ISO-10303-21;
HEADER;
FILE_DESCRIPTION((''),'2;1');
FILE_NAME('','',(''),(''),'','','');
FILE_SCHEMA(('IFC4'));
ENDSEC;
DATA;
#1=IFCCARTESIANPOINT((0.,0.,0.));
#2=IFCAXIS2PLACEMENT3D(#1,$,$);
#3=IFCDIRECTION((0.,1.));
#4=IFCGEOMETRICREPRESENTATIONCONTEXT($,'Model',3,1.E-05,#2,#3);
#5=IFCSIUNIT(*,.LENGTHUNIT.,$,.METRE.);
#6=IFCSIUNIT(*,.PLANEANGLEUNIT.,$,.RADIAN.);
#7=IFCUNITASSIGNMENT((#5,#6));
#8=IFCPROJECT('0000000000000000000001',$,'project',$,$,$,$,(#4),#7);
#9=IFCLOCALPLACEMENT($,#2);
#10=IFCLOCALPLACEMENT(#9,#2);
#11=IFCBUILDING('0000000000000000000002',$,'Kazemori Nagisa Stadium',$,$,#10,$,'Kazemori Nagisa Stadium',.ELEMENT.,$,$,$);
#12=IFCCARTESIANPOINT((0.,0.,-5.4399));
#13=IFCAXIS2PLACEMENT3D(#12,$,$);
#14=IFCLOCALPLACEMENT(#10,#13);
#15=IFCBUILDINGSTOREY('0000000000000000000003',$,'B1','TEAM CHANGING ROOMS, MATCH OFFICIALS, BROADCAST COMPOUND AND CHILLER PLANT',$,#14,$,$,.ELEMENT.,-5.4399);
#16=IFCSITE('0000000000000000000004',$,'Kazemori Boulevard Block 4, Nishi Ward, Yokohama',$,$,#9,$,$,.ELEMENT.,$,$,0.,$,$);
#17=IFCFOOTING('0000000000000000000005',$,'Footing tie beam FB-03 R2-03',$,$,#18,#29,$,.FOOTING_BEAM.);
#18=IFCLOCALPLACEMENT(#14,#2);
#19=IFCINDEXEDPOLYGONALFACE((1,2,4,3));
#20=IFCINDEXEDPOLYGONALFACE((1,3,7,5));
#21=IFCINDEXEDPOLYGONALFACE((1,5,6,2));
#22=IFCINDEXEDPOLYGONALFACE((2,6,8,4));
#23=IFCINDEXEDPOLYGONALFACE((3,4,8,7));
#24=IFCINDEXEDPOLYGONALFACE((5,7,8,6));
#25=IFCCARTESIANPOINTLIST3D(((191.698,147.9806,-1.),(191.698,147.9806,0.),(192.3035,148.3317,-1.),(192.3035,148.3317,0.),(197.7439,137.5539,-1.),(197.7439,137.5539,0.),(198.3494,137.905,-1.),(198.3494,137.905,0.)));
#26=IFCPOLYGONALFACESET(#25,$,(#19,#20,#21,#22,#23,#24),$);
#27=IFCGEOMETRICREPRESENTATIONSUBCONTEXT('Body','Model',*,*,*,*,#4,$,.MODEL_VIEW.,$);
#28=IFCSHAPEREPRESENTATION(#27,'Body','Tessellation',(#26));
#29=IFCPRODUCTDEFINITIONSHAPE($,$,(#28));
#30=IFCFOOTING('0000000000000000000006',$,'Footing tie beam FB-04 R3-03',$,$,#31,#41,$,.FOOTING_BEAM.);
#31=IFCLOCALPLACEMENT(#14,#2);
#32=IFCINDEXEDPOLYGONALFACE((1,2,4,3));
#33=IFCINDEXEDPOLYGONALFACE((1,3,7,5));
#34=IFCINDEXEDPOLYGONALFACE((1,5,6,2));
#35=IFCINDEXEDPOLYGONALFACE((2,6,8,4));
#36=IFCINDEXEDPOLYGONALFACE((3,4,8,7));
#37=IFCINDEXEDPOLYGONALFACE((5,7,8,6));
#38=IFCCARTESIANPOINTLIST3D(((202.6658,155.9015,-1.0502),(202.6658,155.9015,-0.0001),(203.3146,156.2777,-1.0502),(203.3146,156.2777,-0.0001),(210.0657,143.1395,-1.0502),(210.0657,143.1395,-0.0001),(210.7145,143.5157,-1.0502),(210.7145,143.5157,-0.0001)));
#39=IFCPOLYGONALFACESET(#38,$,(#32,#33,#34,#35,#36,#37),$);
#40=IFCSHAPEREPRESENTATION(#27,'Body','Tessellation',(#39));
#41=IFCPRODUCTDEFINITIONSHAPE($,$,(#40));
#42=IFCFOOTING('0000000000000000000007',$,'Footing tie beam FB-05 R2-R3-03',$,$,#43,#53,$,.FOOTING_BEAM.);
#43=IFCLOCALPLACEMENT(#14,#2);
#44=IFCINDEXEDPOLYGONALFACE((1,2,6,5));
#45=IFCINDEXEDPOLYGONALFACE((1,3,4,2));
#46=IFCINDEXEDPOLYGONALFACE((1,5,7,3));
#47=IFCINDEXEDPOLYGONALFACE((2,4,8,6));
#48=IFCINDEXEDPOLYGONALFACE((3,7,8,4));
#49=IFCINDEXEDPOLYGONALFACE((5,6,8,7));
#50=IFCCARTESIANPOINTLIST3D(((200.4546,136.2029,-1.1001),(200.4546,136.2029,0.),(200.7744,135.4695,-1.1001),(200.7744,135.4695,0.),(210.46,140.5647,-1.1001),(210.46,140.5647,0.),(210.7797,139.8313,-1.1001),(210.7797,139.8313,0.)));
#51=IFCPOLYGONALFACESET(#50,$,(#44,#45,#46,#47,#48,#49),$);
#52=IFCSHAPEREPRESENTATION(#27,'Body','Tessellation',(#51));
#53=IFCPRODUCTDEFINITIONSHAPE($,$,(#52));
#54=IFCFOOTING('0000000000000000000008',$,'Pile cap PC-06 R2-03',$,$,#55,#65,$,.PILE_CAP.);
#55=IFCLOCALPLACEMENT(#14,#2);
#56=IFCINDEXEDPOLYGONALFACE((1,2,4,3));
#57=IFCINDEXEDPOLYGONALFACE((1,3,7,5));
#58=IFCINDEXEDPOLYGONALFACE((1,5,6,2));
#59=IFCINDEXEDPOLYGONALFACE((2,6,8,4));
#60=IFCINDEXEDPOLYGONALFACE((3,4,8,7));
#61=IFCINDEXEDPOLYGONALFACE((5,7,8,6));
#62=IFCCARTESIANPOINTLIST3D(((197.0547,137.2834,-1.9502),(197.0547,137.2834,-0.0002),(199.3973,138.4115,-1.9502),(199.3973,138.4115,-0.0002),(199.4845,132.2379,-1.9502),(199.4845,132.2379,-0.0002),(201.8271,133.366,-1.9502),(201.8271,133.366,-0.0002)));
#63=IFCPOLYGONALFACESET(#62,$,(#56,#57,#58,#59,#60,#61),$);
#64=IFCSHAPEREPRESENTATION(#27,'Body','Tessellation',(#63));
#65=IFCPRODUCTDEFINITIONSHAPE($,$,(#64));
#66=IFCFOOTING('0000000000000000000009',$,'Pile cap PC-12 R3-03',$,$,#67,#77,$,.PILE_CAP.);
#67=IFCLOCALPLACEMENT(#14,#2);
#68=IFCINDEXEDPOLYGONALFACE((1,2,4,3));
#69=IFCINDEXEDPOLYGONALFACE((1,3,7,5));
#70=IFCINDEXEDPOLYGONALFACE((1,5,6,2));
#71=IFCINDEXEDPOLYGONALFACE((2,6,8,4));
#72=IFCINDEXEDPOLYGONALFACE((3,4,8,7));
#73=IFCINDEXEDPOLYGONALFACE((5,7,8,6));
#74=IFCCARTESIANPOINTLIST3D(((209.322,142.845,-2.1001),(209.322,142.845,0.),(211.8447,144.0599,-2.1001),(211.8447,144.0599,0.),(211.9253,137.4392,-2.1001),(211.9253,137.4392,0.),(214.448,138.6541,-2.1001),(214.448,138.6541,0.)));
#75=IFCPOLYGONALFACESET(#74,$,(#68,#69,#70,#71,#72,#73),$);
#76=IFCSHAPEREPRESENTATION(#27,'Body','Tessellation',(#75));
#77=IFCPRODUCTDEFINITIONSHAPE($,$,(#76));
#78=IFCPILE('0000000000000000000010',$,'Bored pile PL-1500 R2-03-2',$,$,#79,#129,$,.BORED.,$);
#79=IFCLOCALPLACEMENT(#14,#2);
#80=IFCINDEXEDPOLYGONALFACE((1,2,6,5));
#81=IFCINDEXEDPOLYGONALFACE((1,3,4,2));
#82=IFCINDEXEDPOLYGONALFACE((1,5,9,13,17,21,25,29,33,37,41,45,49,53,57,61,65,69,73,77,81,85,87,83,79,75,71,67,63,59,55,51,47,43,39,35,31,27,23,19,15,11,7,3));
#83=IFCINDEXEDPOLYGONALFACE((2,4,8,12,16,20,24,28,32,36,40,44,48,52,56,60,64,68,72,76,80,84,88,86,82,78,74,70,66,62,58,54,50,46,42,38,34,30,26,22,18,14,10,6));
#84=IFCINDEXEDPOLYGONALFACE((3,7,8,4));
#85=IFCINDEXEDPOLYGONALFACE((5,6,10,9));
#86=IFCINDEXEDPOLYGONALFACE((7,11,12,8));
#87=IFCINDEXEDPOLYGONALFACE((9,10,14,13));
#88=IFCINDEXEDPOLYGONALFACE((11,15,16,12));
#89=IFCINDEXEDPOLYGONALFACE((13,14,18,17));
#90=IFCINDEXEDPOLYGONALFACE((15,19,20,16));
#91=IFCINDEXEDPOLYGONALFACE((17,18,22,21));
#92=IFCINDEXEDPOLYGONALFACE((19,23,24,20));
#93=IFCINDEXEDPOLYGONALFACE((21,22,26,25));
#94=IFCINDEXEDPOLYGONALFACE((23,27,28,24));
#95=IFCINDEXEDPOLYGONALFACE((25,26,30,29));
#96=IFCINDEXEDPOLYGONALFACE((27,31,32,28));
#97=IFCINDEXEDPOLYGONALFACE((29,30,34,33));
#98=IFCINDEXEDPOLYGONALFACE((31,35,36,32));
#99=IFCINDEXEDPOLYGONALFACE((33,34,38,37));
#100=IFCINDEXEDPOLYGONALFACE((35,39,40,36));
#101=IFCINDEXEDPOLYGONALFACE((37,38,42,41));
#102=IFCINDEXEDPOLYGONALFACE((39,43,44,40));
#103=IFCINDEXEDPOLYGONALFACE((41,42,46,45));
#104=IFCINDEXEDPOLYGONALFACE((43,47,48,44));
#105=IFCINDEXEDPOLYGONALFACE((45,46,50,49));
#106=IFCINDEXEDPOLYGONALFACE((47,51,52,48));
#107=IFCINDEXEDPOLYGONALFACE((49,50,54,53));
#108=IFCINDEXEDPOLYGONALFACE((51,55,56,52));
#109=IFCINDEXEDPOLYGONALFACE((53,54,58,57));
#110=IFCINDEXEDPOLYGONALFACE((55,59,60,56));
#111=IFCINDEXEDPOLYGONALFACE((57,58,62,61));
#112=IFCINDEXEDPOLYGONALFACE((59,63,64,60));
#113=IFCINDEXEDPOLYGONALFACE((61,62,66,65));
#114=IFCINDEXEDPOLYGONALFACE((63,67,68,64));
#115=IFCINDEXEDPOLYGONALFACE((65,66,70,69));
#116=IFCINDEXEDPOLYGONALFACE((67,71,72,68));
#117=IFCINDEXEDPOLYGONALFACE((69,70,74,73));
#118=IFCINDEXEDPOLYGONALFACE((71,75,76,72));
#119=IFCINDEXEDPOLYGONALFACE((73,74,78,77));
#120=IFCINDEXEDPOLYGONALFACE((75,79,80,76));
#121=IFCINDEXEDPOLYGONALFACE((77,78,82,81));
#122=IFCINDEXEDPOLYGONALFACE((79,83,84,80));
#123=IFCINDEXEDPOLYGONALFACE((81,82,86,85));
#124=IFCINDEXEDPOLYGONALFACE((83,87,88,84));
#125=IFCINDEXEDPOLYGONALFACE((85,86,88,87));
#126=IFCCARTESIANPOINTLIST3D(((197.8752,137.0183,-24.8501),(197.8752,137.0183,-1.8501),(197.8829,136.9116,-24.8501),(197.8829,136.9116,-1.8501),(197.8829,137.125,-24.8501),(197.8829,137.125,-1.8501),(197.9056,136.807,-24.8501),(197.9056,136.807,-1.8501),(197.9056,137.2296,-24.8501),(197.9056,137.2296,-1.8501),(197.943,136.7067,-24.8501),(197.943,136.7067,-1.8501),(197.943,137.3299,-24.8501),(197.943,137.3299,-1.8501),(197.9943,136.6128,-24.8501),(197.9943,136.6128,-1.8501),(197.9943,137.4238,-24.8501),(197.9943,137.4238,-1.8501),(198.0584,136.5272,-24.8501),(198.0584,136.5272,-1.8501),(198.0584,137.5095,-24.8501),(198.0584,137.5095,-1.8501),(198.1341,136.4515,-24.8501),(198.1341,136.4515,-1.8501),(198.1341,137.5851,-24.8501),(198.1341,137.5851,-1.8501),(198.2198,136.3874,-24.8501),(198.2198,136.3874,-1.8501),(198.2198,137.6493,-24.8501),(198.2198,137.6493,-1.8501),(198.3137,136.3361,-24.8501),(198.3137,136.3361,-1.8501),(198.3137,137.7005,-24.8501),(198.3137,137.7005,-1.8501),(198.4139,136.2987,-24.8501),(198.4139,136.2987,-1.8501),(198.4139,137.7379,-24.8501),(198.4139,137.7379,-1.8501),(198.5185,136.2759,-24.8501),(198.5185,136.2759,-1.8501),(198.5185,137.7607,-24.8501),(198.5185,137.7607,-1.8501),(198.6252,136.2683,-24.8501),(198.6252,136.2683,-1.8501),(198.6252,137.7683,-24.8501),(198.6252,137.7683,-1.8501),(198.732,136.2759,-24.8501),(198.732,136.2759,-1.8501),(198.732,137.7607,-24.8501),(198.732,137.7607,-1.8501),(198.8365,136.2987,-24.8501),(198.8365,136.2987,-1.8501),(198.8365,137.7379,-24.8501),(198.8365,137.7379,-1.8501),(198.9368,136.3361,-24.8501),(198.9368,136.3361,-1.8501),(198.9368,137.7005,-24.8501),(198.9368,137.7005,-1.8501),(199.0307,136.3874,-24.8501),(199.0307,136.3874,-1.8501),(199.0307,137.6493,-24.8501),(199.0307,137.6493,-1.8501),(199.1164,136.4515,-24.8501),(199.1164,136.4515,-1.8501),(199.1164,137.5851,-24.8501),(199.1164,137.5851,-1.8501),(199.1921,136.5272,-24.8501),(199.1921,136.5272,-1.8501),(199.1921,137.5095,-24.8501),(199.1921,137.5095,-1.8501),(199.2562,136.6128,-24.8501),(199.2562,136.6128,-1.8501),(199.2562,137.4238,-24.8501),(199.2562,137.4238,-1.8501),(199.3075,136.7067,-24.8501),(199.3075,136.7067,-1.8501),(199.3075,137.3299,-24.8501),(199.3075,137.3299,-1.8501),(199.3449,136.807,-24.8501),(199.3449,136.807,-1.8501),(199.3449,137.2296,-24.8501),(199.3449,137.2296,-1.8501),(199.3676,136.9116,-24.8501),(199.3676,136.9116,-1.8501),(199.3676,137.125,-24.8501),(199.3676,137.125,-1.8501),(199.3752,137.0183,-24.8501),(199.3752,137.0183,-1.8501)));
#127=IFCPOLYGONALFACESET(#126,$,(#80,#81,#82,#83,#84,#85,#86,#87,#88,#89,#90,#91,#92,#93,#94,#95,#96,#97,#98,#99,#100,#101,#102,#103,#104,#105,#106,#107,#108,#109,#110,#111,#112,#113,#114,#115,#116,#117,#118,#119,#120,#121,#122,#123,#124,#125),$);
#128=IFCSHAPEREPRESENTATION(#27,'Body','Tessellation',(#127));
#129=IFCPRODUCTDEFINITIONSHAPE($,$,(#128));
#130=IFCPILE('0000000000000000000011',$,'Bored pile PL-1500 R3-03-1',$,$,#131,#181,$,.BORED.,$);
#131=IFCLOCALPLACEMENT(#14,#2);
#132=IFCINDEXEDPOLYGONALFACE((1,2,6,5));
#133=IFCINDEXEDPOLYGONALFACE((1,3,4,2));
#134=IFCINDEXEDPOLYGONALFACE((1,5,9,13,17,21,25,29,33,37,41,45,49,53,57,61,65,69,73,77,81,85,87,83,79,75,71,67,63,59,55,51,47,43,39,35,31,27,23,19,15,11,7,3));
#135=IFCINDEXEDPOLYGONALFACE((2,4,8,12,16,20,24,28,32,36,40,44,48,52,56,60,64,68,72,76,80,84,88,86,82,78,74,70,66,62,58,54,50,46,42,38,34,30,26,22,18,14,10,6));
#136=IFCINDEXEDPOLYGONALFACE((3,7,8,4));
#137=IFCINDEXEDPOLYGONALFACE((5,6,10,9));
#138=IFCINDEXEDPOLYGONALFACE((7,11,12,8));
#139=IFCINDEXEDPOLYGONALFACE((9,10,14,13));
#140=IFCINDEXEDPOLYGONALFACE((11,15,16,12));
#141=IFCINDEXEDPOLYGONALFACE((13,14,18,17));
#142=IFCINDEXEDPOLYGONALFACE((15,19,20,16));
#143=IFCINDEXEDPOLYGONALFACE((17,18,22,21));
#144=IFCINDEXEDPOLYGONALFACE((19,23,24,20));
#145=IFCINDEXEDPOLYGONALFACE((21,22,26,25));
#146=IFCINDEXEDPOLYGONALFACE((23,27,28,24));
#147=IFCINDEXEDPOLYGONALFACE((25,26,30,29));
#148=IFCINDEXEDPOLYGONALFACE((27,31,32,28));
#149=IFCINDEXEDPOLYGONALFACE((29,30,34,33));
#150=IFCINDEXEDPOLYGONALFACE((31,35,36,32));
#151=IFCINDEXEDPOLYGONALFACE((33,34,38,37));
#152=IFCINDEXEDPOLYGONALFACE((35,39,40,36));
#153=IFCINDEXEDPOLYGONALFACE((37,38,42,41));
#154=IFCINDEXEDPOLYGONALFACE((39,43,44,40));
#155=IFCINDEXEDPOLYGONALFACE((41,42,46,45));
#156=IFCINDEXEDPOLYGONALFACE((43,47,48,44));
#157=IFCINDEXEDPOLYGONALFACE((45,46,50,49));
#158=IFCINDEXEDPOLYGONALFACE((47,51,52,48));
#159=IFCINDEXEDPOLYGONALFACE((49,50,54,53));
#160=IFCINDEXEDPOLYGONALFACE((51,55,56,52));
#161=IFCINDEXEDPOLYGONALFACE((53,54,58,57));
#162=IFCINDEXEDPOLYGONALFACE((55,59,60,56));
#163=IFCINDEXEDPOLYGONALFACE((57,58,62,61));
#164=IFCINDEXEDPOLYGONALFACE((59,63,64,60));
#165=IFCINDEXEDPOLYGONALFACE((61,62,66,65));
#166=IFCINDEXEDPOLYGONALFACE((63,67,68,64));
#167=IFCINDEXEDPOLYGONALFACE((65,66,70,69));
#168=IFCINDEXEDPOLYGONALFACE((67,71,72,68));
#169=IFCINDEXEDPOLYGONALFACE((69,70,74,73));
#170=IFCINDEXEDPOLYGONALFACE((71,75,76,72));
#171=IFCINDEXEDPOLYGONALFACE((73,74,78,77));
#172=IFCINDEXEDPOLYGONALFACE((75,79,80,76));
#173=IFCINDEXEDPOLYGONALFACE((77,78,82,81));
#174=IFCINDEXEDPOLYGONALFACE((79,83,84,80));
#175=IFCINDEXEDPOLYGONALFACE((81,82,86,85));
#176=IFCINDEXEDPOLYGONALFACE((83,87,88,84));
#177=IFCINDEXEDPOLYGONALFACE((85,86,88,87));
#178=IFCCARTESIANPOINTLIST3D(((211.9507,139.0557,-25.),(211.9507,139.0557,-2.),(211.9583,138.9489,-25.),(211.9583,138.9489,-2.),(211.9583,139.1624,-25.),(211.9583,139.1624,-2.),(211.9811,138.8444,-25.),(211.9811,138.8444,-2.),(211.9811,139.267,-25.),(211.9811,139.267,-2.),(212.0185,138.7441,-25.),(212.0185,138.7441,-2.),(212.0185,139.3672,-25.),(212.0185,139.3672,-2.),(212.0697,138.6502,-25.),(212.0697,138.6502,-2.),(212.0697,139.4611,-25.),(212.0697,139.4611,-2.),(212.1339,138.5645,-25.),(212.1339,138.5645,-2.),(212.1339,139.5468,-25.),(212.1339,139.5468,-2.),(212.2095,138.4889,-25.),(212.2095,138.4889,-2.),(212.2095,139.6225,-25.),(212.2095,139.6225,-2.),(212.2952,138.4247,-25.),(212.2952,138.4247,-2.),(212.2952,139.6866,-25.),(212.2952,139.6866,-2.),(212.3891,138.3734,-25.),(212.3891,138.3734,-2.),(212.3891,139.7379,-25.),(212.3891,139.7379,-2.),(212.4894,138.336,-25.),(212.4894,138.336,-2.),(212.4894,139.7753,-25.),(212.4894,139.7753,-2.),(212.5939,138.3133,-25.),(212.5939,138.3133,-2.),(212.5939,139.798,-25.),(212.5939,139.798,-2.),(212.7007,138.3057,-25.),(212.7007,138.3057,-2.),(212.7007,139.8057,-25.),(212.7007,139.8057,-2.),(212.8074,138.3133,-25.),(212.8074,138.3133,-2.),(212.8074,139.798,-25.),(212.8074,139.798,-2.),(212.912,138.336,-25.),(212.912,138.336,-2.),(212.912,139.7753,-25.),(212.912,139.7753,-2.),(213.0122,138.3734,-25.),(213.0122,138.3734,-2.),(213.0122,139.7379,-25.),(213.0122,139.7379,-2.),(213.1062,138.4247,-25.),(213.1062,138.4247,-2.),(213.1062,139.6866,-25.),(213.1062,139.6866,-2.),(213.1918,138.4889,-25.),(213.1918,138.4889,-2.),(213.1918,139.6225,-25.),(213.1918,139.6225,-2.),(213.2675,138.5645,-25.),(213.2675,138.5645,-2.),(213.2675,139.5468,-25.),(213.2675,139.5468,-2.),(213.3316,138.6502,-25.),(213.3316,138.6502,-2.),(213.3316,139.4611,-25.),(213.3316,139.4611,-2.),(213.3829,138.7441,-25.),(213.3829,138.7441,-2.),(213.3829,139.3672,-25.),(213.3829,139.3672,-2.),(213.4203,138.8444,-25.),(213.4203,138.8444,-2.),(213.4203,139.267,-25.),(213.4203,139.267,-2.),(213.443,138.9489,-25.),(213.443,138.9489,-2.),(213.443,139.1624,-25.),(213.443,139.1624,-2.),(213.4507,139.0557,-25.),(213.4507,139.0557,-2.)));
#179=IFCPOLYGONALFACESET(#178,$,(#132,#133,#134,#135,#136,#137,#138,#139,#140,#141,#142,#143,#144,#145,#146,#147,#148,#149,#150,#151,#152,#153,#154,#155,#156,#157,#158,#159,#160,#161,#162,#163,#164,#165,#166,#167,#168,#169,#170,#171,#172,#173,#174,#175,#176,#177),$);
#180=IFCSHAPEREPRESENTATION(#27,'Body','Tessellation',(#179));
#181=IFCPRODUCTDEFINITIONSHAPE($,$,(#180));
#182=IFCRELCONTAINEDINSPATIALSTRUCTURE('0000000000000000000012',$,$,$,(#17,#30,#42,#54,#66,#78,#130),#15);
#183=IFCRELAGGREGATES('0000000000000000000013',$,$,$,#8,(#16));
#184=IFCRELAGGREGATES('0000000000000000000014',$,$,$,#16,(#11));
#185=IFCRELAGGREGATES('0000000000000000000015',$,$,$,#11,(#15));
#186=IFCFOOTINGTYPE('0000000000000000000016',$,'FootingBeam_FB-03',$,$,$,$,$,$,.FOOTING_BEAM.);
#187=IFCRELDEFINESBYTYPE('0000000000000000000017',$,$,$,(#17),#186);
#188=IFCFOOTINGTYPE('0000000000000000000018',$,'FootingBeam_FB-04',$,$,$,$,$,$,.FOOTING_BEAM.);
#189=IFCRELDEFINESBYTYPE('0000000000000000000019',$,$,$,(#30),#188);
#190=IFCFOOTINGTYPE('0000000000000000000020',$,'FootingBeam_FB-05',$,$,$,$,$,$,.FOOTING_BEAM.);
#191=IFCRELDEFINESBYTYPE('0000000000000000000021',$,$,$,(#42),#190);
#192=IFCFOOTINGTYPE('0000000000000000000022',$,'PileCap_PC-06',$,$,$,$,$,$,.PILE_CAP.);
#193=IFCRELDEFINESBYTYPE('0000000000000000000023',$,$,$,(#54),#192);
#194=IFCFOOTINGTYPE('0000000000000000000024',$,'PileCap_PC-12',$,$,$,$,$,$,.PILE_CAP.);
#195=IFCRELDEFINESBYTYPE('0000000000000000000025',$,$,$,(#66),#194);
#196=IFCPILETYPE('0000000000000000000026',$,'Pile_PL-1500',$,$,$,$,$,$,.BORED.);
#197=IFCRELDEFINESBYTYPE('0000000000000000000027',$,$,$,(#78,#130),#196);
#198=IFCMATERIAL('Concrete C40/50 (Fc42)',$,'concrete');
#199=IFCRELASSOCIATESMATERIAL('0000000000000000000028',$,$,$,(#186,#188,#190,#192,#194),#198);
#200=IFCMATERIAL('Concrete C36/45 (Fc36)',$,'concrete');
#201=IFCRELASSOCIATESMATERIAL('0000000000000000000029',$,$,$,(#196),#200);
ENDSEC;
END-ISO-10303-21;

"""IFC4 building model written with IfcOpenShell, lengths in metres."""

from ifc_helpers import new_model, si_unit, direction, frame, origin, origin_2d, place, context, subcontext, project, spatial, rectangle, circle, extrude, material, material_profile, profile_set, type_object, element, save


model = new_model("IFC4")

# Units and contexts
model_context = context("Model", 3, precision=1e-05, world=origin(), true_north=direction((0.0, 1.0)))
body_context = subcontext(model_context, "Body", "Model", "MODEL_VIEW")
ifc_project = project(units=[si_unit("LENGTHUNIT", "METRE"), si_unit("PLANEANGLEUNIT", "RADIAN")], contexts=[model_context])

# Site, building, storey
site_placement = place(None, origin())
site = spatial("IfcSite", under=ifc_project, at=site_placement, Name="Kazemori Boulevard Block 4, Nishi Ward, Yokohama", CompositionType="ELEMENT", RefElevation=0.0)
building_placement = place(site_placement, origin())
building = spatial("IfcBuilding", under=site, at=building_placement, Name="Kazemori Nagisa Stadium", LongName="Kazemori Nagisa Stadium", CompositionType="ELEMENT")
storey_placement = place(building_placement, frame((0.0, 0.0, -5.4399)))
storey = spatial("IfcBuildingStorey", under=building, at=storey_placement, Name="B1", Description="TEAM CHANGING ROOMS, MATCH OFFICIALS, BROADCAST COMPOUND AND CHILLER PLANT", CompositionType="ELEMENT", Elevation=-5.4399)

# Footings
ifc_material_1 = material(Name="Concrete C40/50 (Fc42)", Category="concrete")
ifc_material_profile_1 = material_profile(ifc_material_1, rectangle(XDim=0.7, YDim=1.0, at=origin_2d()), Name="RC-FB-700x1000")
ifc_profile_set_1 = profile_set([ifc_material_profile_1], Name="Concrete C40/50 (Fc42)")
footing_type_1 = type_object("IfcFootingType", Name="FootingBeam_FB-03", PredefinedType="FOOTING_BEAM", material=ifc_profile_set_1)
footing_1_placement = place(storey_placement, frame((198.0466, 137.7295, -0.5), z_axis=(-0.501617, 0.86509, 0.0), x_axis=(-0.86509, -0.501617, 0.0)))
element("IfcFooting", 1, at=footing_1_placement, inside=storey, type_object=footing_type_1, Name="Footing tie beam FB-03 R2-03", PredefinedType="FOOTING_BEAM", context=body_context, shape_type="SweptSolid", body=[
    extrude(rectangle(XDim=0.7, YDim=1.0, at=origin_2d()), origin(), (0.0, 0.0, 1.0), 12.0527),
])
ifc_material_profile_2 = material_profile(ifc_material_1, rectangle(XDim=0.75, YDim=1.05, at=origin_2d()), Name="RC-FB-750x1050")
ifc_profile_set_2 = profile_set([ifc_material_profile_2], Name="Concrete C40/50 (Fc42)")
footing_type_2 = type_object("IfcFootingType", Name="FootingBeam_FB-04", PredefinedType="FOOTING_BEAM", material=ifc_profile_set_2)
footing_2_placement = place(storey_placement, frame((210.3901, 143.3276, -0.5251), z_axis=(-0.501615, 0.865091, 0.0), x_axis=(-0.865091, -0.501615, 0.0)))
element("IfcFooting", 2, at=footing_2_placement, inside=storey, type_object=footing_type_2, Name="Footing tie beam FB-04 R3-03", PredefinedType="FOOTING_BEAM", context=body_context, shape_type="SweptSolid", body=[
    extrude(rectangle(XDim=0.75, YDim=1.05, at=origin_2d()), origin(), (0.0, 0.0, 1.0), 14.7522),
])
ifc_material_profile_3 = material_profile(ifc_material_1, rectangle(XDim=0.8, YDim=1.1001, at=origin_2d()), Name="RC-FB-800x1100")
ifc_profile_set_3 = profile_set([ifc_material_profile_3], Name="Concrete C40/50 (Fc42)")
footing_type_3 = type_object("IfcFootingType", Name="FootingBeam_FB-05", PredefinedType="FOOTING_BEAM", material=ifc_profile_set_3)
footing_3_placement = place(storey_placement, frame((200.6145, 135.8362, -0.55), z_axis=(0.916679, 0.399624, 0.0), x_axis=(-0.399624, 0.916679, 0.0)))
element("IfcFooting", 3, at=footing_3_placement, inside=storey, type_object=footing_type_3, Name="Footing tie beam FB-05 R2-R3-03", PredefinedType="FOOTING_BEAM", context=body_context, shape_type="SweptSolid", body=[
    extrude(rectangle(XDim=0.8, YDim=1.1001, at=origin_2d()), origin(), (0.0, 0.0, 1.0), 10.9148),
])
footing_type_4 = type_object("IfcFootingType", Name="PileCap_PC-06", PredefinedType="PILE_CAP", material=ifc_material_1)
footing_4_placement = place(storey_placement, frame((199.4409, 135.3247, -1.9502), z_axis=(0.0, 0.0, 1.0), x_axis=(-0.433884, 0.900969, 0.0)))
element("IfcFooting", 4, at=footing_4_placement, inside=storey, type_object=footing_type_4, Name="Pile cap PC-06 R2-03", PredefinedType="PILE_CAP", context=body_context, shape_type="SweptSolid", body=[
    extrude(rectangle(XDim=5.6001, YDim=2.6001, at=origin_2d()), origin(), (0.0, 0.0, 1.0), 1.95),
])
footing_type_5 = type_object("IfcFootingType", Name="PileCap_PC-12", PredefinedType="PILE_CAP", material=ifc_material_1)
footing_5_placement = place(storey_placement, frame((211.885, 140.7495, -2.1001), z_axis=(0.0, 0.0, 1.0), x_axis=(-0.433884, 0.900969, 0.0)))
element("IfcFooting", 5, at=footing_5_placement, inside=storey, type_object=footing_type_5, Name="Pile cap PC-12 R3-03", PredefinedType="PILE_CAP", context=body_context, shape_type="SweptSolid", body=[
    extrude(rectangle(XDim=6.0, YDim=2.8, at=origin_2d()), origin(), (0.0, 0.0, 1.0), 2.1001),
])

# Piles
ifc_material_2 = material(Name="Concrete C36/45 (Fc36)", Category="concrete")
ifc_material_profile_4 = material_profile(ifc_material_2, circle(Radius=0.75, at=origin_2d()), Name="PILE-D1500")
ifc_profile_set_4 = profile_set([ifc_material_profile_4], Name="Concrete C36/45 (Fc36)")
pile_type = type_object("IfcPileType", Name="Pile_PL-1500", PredefinedType="BORED", material=ifc_profile_set_4)
for number, where, z_axis, x_axis, name in (
    (6, (198.6252, 137.0183, -1.8501), (0.0, 0.0, -1.0), (1.0, 0.0, 0.0), "Bored pile PL-1500 R2-03-2"),
    (7, (212.7007, 139.0557, -2.0), (0.0, 0.0, -1.0), (1.0, 0.0, 0.0), "Bored pile PL-1500 R3-03-1"),
):
    element("IfcPile", number, at=place(storey_placement, frame(where, z_axis=z_axis, x_axis=x_axis)), inside=storey, type_object=pile_type, Name=name, PredefinedType="BORED", context=body_context, shape_type="SweptSolid", body=[
        extrude(circle(Radius=0.75, at=origin_2d()), origin(), (0.0, 0.0, 1.0), 23.0),
    ])

save(model, "model.ifc")
